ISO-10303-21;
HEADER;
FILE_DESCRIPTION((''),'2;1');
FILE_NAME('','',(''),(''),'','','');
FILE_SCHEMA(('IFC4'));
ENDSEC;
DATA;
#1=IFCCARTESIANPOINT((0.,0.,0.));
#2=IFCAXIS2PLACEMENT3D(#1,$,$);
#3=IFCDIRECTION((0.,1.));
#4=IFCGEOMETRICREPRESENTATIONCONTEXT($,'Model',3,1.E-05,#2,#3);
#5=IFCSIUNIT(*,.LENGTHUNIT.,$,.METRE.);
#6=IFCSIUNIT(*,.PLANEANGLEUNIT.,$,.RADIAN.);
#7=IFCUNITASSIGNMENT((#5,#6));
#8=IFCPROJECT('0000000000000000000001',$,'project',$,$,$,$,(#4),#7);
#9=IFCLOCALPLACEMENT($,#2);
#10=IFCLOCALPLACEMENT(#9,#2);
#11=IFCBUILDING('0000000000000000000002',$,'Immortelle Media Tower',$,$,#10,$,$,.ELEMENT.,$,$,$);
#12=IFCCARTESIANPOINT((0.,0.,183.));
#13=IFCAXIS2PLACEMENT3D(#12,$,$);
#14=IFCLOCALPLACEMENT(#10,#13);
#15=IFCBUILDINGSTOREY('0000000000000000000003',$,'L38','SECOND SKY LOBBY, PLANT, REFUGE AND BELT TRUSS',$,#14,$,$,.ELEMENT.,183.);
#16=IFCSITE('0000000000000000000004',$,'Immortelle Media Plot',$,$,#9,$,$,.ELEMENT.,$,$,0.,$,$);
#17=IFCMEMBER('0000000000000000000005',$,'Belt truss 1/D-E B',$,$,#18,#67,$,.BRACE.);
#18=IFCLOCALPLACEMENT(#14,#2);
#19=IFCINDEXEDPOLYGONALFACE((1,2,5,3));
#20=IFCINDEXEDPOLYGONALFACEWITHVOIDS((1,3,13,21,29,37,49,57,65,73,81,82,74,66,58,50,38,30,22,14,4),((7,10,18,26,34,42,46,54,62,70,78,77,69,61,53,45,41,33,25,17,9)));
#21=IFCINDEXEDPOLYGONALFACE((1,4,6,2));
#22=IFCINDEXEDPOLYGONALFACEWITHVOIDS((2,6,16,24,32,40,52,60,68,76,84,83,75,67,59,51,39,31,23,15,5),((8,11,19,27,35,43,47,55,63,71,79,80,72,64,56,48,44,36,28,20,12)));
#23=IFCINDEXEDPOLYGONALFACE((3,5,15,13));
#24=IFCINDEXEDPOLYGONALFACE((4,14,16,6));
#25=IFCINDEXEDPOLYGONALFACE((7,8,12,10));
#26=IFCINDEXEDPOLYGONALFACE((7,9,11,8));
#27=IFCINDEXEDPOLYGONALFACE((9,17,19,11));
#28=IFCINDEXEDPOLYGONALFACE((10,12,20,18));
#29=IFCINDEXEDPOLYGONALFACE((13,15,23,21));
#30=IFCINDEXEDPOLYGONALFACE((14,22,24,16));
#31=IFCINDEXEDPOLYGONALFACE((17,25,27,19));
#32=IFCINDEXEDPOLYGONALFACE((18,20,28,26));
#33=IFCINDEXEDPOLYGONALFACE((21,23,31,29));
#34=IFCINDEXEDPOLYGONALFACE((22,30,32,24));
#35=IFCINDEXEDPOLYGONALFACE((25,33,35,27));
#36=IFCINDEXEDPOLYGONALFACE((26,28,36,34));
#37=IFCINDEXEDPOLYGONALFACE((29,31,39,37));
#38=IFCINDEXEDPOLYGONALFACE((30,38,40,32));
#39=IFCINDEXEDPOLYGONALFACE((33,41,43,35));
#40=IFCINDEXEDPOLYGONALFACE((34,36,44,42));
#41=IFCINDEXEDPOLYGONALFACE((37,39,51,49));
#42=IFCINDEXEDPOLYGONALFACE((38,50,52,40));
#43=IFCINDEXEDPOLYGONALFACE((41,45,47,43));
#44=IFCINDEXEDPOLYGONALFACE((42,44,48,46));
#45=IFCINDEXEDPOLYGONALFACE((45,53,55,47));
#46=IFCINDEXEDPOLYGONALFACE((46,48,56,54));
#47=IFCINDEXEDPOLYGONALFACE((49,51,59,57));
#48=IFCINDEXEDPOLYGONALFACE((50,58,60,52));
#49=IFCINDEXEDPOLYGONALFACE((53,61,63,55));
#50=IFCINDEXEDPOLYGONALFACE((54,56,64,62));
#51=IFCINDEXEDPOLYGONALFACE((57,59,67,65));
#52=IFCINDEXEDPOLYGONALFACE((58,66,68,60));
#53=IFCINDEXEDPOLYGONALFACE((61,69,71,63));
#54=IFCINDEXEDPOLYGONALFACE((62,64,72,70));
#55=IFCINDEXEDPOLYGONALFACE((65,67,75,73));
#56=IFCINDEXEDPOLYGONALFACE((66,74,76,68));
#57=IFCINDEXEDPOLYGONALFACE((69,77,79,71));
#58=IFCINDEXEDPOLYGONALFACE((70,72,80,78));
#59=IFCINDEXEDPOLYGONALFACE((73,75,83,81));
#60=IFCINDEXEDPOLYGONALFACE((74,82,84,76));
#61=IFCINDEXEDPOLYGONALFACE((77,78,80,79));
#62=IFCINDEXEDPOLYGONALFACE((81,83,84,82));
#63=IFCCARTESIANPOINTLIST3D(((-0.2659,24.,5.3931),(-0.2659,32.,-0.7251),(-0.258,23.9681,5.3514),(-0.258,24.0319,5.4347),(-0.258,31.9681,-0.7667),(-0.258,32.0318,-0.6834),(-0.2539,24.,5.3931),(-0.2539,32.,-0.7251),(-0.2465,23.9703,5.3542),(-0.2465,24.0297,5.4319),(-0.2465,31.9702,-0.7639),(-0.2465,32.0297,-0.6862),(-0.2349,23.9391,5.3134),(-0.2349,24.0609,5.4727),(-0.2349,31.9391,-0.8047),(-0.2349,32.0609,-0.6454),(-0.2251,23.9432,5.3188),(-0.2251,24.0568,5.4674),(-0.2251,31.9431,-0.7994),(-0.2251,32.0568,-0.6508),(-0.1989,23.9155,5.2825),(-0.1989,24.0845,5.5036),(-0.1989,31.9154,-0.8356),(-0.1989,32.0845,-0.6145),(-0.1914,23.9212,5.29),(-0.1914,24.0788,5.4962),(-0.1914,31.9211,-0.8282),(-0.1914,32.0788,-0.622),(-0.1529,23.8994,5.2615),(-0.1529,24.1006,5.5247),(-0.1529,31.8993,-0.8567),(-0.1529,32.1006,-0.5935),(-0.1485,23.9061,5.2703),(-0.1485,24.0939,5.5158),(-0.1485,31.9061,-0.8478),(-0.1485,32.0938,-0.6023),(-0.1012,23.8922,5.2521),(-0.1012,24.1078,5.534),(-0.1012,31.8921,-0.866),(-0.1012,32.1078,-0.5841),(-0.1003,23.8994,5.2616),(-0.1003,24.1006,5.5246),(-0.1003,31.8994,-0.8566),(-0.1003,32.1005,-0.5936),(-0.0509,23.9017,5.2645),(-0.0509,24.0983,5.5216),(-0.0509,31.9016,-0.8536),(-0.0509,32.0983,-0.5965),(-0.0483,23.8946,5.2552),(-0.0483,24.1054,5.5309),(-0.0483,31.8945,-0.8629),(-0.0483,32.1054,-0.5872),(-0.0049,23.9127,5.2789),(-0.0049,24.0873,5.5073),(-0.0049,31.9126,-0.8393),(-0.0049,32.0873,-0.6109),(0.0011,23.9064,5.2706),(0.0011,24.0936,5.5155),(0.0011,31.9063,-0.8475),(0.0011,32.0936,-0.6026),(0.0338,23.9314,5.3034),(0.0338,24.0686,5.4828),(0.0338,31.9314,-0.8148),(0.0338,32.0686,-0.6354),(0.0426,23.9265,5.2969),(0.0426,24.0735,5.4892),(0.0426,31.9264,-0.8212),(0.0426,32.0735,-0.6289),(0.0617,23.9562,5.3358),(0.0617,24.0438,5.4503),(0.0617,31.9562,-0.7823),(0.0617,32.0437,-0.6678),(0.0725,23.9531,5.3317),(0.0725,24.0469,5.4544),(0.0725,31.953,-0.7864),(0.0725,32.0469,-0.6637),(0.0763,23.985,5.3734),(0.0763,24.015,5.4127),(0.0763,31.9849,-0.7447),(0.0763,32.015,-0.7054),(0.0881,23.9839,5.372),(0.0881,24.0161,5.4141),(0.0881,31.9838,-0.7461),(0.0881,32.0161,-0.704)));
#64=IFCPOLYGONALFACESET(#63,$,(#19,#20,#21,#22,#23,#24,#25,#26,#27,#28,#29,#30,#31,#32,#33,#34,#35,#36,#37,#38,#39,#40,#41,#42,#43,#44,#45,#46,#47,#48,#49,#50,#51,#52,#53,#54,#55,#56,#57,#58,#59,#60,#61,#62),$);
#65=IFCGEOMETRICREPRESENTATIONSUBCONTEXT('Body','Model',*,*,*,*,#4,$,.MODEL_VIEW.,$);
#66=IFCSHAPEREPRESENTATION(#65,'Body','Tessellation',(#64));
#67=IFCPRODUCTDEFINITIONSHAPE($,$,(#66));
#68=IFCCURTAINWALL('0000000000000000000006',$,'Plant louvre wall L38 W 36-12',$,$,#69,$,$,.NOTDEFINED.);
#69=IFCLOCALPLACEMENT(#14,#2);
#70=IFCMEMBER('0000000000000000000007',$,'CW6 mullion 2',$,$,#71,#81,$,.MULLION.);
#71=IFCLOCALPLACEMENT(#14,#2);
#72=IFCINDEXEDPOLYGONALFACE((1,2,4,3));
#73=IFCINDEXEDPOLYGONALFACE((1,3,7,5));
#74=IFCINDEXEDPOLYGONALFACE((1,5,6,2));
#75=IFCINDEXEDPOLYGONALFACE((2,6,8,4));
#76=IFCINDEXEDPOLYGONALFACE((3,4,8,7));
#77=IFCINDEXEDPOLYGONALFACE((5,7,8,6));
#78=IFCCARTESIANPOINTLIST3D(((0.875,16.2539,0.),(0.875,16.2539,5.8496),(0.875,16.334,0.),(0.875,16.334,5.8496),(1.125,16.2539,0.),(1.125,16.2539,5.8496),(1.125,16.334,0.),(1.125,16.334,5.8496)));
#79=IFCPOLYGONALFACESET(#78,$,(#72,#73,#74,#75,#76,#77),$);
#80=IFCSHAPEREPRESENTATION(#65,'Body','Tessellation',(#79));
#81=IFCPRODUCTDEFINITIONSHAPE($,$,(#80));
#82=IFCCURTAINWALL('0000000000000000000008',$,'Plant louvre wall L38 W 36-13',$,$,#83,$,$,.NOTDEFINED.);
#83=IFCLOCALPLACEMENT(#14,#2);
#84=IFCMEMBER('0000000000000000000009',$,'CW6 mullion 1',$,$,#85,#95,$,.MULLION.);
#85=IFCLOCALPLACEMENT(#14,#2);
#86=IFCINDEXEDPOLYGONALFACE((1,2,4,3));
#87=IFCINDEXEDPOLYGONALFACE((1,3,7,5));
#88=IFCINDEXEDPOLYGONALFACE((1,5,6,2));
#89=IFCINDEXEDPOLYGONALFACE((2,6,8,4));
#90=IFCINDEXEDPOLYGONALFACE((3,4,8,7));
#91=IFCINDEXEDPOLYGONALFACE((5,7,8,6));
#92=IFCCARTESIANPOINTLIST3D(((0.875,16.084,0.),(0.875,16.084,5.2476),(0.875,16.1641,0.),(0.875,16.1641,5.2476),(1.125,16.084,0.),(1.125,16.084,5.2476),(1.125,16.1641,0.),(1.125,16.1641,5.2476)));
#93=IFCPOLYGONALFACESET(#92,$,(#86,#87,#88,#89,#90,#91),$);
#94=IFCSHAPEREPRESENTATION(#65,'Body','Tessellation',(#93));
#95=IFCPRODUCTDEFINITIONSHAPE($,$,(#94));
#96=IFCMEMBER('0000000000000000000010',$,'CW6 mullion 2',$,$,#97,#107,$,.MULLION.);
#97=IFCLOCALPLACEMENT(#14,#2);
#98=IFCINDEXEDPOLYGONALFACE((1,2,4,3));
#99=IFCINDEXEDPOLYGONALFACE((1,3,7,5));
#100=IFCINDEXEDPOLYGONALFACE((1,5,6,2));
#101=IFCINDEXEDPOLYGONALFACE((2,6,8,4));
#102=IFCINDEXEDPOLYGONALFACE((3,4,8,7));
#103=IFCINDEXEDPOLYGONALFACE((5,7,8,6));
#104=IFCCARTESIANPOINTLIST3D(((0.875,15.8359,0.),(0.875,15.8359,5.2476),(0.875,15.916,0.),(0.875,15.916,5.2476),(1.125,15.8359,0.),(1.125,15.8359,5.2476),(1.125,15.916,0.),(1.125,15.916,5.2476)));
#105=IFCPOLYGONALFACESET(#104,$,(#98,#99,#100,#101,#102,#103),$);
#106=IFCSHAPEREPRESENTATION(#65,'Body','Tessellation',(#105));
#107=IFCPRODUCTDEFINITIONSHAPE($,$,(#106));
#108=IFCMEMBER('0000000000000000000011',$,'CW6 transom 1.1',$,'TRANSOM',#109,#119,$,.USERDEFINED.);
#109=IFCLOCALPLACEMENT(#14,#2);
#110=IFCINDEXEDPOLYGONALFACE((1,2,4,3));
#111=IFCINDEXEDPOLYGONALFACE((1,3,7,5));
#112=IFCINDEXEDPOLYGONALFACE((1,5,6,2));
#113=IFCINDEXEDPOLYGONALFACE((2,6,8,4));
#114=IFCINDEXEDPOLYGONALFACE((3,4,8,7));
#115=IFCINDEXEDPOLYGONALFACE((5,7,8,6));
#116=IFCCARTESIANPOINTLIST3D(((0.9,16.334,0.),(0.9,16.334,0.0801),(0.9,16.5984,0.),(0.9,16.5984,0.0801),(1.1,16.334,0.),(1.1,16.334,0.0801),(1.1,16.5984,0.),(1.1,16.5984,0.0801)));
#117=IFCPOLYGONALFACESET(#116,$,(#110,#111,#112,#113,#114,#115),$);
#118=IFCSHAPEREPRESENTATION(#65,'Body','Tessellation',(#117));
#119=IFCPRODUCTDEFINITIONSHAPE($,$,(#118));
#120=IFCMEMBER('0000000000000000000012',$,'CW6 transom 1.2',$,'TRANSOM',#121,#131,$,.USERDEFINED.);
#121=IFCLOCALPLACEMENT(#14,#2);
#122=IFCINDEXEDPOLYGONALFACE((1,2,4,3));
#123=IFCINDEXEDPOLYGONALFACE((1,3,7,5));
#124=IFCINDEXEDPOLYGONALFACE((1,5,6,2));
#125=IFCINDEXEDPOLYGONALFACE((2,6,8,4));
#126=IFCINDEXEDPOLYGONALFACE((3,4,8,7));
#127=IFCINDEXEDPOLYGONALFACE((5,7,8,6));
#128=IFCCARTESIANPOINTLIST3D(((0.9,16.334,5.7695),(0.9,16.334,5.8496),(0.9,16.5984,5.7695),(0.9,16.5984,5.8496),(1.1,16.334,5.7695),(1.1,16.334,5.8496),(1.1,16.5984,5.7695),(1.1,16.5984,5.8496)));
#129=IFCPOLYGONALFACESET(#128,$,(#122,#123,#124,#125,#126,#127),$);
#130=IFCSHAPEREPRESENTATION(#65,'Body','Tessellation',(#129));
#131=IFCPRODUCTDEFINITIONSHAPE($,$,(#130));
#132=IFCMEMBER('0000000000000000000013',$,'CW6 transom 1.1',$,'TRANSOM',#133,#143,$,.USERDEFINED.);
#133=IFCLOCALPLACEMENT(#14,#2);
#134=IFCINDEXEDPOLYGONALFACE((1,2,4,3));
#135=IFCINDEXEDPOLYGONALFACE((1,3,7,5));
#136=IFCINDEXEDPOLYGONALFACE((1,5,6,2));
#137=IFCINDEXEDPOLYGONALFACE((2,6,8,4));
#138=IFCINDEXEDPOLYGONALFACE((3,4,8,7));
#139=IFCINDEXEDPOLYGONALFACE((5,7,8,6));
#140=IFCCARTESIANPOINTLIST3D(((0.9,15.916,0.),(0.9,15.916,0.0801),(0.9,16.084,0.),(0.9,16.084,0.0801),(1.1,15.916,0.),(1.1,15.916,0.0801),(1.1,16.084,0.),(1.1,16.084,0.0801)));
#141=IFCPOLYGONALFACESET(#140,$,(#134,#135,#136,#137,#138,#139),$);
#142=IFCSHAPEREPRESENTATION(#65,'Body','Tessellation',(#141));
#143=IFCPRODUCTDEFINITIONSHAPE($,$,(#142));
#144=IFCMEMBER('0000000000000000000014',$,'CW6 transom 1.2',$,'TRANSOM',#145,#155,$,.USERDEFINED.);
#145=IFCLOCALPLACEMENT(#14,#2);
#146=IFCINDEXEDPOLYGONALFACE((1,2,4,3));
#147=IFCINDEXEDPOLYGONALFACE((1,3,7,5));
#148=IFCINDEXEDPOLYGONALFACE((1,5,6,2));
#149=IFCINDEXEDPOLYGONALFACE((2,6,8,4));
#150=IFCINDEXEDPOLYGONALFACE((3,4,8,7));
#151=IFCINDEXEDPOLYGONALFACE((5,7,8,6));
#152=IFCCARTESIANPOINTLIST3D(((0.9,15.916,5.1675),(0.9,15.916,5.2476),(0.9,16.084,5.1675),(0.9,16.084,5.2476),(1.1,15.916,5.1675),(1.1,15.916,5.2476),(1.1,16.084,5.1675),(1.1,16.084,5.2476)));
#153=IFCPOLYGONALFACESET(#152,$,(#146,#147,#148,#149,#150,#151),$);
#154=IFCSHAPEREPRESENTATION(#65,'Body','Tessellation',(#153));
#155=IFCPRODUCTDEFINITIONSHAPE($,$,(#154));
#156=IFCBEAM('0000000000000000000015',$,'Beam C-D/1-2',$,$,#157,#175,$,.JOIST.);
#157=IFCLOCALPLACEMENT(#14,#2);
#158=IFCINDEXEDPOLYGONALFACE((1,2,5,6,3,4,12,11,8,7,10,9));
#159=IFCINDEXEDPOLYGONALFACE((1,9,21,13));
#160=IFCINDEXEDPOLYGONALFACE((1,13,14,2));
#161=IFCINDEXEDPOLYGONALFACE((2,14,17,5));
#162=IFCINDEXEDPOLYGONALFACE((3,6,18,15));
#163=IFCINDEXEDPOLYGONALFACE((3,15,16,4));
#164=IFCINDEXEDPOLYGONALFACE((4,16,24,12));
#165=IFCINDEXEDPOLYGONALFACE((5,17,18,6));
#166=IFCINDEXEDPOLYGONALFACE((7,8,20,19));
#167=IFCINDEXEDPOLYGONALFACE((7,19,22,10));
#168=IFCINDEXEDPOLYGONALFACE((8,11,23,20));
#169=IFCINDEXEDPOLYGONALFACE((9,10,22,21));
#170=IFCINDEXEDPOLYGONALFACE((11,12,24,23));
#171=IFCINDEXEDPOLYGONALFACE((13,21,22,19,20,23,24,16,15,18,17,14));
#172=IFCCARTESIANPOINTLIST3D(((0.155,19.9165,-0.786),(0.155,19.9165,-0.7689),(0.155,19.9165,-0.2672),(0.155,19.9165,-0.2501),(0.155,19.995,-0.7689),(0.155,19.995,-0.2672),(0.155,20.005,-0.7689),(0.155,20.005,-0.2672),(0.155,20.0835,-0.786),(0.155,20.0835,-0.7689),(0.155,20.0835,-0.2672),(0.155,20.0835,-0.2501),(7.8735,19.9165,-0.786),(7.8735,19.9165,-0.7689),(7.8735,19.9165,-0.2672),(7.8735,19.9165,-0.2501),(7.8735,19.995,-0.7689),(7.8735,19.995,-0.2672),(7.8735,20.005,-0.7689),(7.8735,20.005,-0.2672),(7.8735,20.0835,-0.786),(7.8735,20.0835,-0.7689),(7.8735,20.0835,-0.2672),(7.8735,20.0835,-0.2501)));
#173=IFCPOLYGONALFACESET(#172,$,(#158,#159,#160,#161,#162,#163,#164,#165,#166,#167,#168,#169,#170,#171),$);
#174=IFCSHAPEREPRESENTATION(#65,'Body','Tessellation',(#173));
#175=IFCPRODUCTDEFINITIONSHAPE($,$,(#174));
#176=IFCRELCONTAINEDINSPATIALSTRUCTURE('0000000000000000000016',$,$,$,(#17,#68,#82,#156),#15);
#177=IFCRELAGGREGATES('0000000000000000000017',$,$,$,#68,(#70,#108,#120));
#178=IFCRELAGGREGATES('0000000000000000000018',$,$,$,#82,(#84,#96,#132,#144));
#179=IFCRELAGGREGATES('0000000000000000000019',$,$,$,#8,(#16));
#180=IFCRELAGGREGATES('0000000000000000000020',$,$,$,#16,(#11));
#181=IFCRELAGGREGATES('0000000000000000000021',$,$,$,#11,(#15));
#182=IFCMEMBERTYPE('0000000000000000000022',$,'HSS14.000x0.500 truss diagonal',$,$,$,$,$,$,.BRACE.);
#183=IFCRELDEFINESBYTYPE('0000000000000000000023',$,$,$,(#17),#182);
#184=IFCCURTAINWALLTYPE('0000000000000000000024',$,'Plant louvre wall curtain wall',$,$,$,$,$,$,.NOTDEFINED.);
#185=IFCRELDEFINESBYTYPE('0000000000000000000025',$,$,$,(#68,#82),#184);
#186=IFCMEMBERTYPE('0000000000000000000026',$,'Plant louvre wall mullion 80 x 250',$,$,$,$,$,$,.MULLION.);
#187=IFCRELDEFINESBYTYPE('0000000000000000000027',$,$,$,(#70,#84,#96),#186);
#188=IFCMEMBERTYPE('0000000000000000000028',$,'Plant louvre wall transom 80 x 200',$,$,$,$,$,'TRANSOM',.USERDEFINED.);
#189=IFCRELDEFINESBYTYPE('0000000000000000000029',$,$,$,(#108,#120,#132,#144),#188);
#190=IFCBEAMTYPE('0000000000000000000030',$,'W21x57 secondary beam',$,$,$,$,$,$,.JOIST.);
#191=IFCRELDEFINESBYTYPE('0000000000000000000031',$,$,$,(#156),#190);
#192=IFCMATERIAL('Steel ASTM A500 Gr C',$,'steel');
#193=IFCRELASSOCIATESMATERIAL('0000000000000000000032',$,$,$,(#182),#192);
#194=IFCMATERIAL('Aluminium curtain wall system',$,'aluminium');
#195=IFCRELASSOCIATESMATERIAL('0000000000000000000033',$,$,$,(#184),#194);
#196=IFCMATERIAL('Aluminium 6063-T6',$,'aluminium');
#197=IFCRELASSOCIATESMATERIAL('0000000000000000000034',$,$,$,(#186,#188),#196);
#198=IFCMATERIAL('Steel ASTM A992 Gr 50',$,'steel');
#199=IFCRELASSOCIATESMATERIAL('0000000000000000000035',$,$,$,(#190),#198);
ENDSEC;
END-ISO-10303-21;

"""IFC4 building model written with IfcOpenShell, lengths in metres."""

from ifc_helpers import new_model, si_unit, direction, frame, origin, origin_2d, place, context, subcontext, project, spatial, rectangle, hollow_circle, i_section, extrude, material, material_profile, profile_set, type_object, element, aggregate, save


model = new_model("IFC4")

# Units and contexts
model_context = context("Model", 3, precision=1e-05, world=origin(), true_north=direction((0.0, 1.0)))
body_context = subcontext(model_context, "Body", "Model", "MODEL_VIEW")
ifc_project = project(units=[si_unit("LENGTHUNIT", "METRE"), si_unit("PLANEANGLEUNIT", "RADIAN")], contexts=[model_context])

# Site, building, storey
site_placement = place(None, origin())
site = spatial("IfcSite", under=ifc_project, at=site_placement, Name="Immortelle Media Plot", CompositionType="ELEMENT", RefElevation=0.0)
building_placement = place(site_placement, origin())
building = spatial("IfcBuilding", under=site, at=building_placement, Name="Immortelle Media Tower", CompositionType="ELEMENT")
storey_placement = place(building_placement, frame((0.0, 0.0, 183.0)))
storey = spatial("IfcBuildingStorey", under=building, at=storey_placement, Name="L38", Description="SECOND SKY LOBBY, PLANT, REFUGE AND BELT TRUSS", CompositionType="ELEMENT", Elevation=183.0)

# Shared definitions
ifc_material_1 = material(Name="Steel ASTM A992 Gr 50", Category="steel")

# Member
ifc_material_2 = material(Name="Steel ASTM A500 Gr C", Category="steel")
ifc_material_profile_1 = material_profile(ifc_material_2, hollow_circle(Radius=0.178, WallThickness=0.012, at=origin_2d()), Name="HSS14.000x0.500 truss diagonal")
ifc_profile_set_1 = profile_set([ifc_material_profile_1], Name="Steel ASTM A500 Gr C")
member_type_1 = type_object("IfcMemberType", Name="HSS14.000x0.500 truss diagonal", PredefinedType="BRACE", material=ifc_profile_set_1)
for number, where, z_axis, x_axis, name in (
    (1, (-0.0879, 24.0, 5.3931), (0.0, 0.794333, -0.607482), (-1.0, 0.0, 0.0), "Belt truss 1/D-E B"),
):
    element("IfcMember", number, at=place(storey_placement, frame(where, z_axis=z_axis, x_axis=x_axis)), inside=storey, type_object=member_type_1, Name=name, PredefinedType="BRACE", context=body_context, shape_type="SweptSolid", body=[
        extrude(hollow_circle(Radius=0.178, WallThickness=0.012, at=origin_2d()), origin(), (0.0, 0.0, 1.0), 10.0713),
    ])

# Curtain wall, member
ifc_material_3 = material(Name="Aluminium curtain wall system", Category="aluminium")
curtain_wall_type = type_object("IfcCurtainWallType", Name="Plant louvre wall curtain wall", PredefinedType="NOTDEFINED", material=ifc_material_3)
curtain_wall_1_placement = place(storey_placement, origin())
curtain_wall_1 = element("IfcCurtainWall", 2, at=curtain_wall_1_placement, inside=storey, type_object=curtain_wall_type, Name="Plant louvre wall L38 W 36-12", PredefinedType="NOTDEFINED")
ifc_material_4 = material(Name="Aluminium 6063-T6", Category="aluminium")
ifc_material_profile_2 = material_profile(ifc_material_4, rectangle(XDim=0.25, YDim=0.0801, at=origin_2d()), Name="AL 80x250")
ifc_profile_set_2 = profile_set([ifc_material_profile_2], Name="Aluminium 6063-T6")
member_type_2 = type_object("IfcMemberType", Name="Plant louvre wall mullion 80 x 250", PredefinedType="MULLION", material=ifc_profile_set_2)
member_1_placement = place(storey_placement, frame((1.0, 16.2939, 0.0), z_axis=(0.0, 0.0, 1.0), x_axis=(1.0, 0.0, 0.0)))
member_1 = element("IfcMember", 3, at=member_1_placement, type_object=member_type_2, Name="CW6 mullion 2", PredefinedType="MULLION", context=body_context, shape_type="SweptSolid", body=[
    extrude(rectangle(XDim=0.25, YDim=0.0801, at=origin_2d()), origin(), (0.0, 0.0, 1.0), 5.8496),
])

# Curtain wall, members
curtain_wall_2_placement = place(storey_placement, origin())
curtain_wall_2 = element("IfcCurtainWall", 4, at=curtain_wall_2_placement, inside=storey, type_object=curtain_wall_type, Name="Plant louvre wall L38 W 36-13", PredefinedType="NOTDEFINED")
member_2_placement = place(storey_placement, frame((1.0, 16.124, 0.0), z_axis=(0.0, 0.0, 1.0), x_axis=(1.0, 0.0, 0.0)))
member_2 = element("IfcMember", 5, at=member_2_placement, type_object=member_type_2, Name="CW6 mullion 1", PredefinedType="MULLION", context=body_context, shape_type="SweptSolid", body=[
    extrude(rectangle(XDim=0.25, YDim=0.0801, at=origin_2d()), origin(), (0.0, 0.0, 1.0), 5.2476),
])
member_3_placement = place(storey_placement, frame((1.0, 15.876, 0.0), z_axis=(0.0, 0.0, 1.0), x_axis=(1.0, 0.0, 0.0)))
member_3 = element("IfcMember", 6, at=member_3_placement, type_object=member_type_2, Name="CW6 mullion 2", PredefinedType="MULLION", context=body_context, shape_type="SweptSolid", body=[
    extrude(rectangle(XDim=0.25, YDim=0.0801, at=origin_2d()), origin(), (0.0, 0.0, 1.0), 5.2476),
])

# Members
ifc_material_profile_3 = material_profile(ifc_material_4, rectangle(XDim=0.2, YDim=0.0801, at=origin_2d()), Name="AL 80x200")
ifc_profile_set_3 = profile_set([ifc_material_profile_3], Name="Aluminium 6063-T6")
member_type_3 = type_object("IfcMemberType", Name="Plant louvre wall transom 80 x 200", ElementType="TRANSOM", PredefinedType="USERDEFINED", material=ifc_profile_set_3)
member_4_placement = place(storey_placement, frame((1.0, 16.5984, 0.04), z_axis=(0.0, -1.0, 0.0), x_axis=(1.0, 0.0, 0.0)))
member_4 = element("IfcMember", 7, at=member_4_placement, type_object=member_type_3, Name="CW6 transom 1.1", ObjectType="TRANSOM", PredefinedType="USERDEFINED", context=body_context, shape_type="SweptSolid", body=[
    extrude(rectangle(XDim=0.2, YDim=0.0801, at=origin_2d()), origin(), (0.0, 0.0, 1.0), 0.2644),
])
member_5_placement = place(storey_placement, frame((1.0, 16.5984, 5.8096), z_axis=(0.0, -1.0, 0.0), x_axis=(1.0, 0.0, 0.0)))
member_5 = element("IfcMember", 8, at=member_5_placement, type_object=member_type_3, Name="CW6 transom 1.2", ObjectType="TRANSOM", PredefinedType="USERDEFINED", context=body_context, shape_type="SweptSolid", body=[
    extrude(rectangle(XDim=0.2, YDim=0.0801, at=origin_2d()), origin(), (0.0, 0.0, 1.0), 0.2644),
])
member_6_placement = place(storey_placement, frame((1.0, 16.084, 0.04), z_axis=(0.0, -1.0, 0.0), x_axis=(1.0, 0.0, 0.0)))
member_6 = element("IfcMember", 9, at=member_6_placement, type_object=member_type_3, Name="CW6 transom 1.1", ObjectType="TRANSOM", PredefinedType="USERDEFINED", context=body_context, shape_type="SweptSolid", body=[
    extrude(rectangle(XDim=0.2, YDim=0.0801, at=origin_2d()), origin(), (0.0, 0.0, 1.0), 0.168),
])
member_7_placement = place(storey_placement, frame((1.0, 16.084, 5.2075), z_axis=(0.0, -1.0, 0.0), x_axis=(1.0, 0.0, 0.0)))
member_7 = element("IfcMember", 10, at=member_7_placement, type_object=member_type_3, Name="CW6 transom 1.2", ObjectType="TRANSOM", PredefinedType="USERDEFINED", context=body_context, shape_type="SweptSolid", body=[
    extrude(rectangle(XDim=0.2, YDim=0.0801, at=origin_2d()), origin(), (0.0, 0.0, 1.0), 0.168),
])

# Beam
ifc_material_profile_4 = material_profile(ifc_material_1, i_section(OverallWidth=0.167, OverallDepth=0.5359, WebThickness=0.01, FlangeThickness=0.0171, at=origin_2d()), Name="W21x57")
ifc_profile_set_4 = profile_set([ifc_material_profile_4], Name="Steel ASTM A992 Gr 50")
beam_type_1 = type_object("IfcBeamType", Name="W21x57 secondary beam", PredefinedType="JOIST", material=ifc_profile_set_4)
beam_1_placement = place(storey_placement, frame((0.155, 20.0, -0.5181), z_axis=(1.0, 0.0, 0.0), x_axis=(0.0, 1.0, 0.0)))
element("IfcBeam", 11, at=beam_1_placement, inside=storey, type_object=beam_type_1, Name="Beam C-D/1-2", PredefinedType="JOIST", context=body_context, shape_type="SweptSolid", body=[
    extrude(i_section(OverallWidth=0.167, OverallDepth=0.5359, WebThickness=0.01, FlangeThickness=0.0171, at=origin_2d()), origin(), (0.0, 0.0, 1.0), 7.7185),
])

aggregate(curtain_wall_1, [member_1, member_4, member_5])
aggregate(curtain_wall_2, [member_2, member_3, member_6, member_7])

save(model, "model.ifc")
